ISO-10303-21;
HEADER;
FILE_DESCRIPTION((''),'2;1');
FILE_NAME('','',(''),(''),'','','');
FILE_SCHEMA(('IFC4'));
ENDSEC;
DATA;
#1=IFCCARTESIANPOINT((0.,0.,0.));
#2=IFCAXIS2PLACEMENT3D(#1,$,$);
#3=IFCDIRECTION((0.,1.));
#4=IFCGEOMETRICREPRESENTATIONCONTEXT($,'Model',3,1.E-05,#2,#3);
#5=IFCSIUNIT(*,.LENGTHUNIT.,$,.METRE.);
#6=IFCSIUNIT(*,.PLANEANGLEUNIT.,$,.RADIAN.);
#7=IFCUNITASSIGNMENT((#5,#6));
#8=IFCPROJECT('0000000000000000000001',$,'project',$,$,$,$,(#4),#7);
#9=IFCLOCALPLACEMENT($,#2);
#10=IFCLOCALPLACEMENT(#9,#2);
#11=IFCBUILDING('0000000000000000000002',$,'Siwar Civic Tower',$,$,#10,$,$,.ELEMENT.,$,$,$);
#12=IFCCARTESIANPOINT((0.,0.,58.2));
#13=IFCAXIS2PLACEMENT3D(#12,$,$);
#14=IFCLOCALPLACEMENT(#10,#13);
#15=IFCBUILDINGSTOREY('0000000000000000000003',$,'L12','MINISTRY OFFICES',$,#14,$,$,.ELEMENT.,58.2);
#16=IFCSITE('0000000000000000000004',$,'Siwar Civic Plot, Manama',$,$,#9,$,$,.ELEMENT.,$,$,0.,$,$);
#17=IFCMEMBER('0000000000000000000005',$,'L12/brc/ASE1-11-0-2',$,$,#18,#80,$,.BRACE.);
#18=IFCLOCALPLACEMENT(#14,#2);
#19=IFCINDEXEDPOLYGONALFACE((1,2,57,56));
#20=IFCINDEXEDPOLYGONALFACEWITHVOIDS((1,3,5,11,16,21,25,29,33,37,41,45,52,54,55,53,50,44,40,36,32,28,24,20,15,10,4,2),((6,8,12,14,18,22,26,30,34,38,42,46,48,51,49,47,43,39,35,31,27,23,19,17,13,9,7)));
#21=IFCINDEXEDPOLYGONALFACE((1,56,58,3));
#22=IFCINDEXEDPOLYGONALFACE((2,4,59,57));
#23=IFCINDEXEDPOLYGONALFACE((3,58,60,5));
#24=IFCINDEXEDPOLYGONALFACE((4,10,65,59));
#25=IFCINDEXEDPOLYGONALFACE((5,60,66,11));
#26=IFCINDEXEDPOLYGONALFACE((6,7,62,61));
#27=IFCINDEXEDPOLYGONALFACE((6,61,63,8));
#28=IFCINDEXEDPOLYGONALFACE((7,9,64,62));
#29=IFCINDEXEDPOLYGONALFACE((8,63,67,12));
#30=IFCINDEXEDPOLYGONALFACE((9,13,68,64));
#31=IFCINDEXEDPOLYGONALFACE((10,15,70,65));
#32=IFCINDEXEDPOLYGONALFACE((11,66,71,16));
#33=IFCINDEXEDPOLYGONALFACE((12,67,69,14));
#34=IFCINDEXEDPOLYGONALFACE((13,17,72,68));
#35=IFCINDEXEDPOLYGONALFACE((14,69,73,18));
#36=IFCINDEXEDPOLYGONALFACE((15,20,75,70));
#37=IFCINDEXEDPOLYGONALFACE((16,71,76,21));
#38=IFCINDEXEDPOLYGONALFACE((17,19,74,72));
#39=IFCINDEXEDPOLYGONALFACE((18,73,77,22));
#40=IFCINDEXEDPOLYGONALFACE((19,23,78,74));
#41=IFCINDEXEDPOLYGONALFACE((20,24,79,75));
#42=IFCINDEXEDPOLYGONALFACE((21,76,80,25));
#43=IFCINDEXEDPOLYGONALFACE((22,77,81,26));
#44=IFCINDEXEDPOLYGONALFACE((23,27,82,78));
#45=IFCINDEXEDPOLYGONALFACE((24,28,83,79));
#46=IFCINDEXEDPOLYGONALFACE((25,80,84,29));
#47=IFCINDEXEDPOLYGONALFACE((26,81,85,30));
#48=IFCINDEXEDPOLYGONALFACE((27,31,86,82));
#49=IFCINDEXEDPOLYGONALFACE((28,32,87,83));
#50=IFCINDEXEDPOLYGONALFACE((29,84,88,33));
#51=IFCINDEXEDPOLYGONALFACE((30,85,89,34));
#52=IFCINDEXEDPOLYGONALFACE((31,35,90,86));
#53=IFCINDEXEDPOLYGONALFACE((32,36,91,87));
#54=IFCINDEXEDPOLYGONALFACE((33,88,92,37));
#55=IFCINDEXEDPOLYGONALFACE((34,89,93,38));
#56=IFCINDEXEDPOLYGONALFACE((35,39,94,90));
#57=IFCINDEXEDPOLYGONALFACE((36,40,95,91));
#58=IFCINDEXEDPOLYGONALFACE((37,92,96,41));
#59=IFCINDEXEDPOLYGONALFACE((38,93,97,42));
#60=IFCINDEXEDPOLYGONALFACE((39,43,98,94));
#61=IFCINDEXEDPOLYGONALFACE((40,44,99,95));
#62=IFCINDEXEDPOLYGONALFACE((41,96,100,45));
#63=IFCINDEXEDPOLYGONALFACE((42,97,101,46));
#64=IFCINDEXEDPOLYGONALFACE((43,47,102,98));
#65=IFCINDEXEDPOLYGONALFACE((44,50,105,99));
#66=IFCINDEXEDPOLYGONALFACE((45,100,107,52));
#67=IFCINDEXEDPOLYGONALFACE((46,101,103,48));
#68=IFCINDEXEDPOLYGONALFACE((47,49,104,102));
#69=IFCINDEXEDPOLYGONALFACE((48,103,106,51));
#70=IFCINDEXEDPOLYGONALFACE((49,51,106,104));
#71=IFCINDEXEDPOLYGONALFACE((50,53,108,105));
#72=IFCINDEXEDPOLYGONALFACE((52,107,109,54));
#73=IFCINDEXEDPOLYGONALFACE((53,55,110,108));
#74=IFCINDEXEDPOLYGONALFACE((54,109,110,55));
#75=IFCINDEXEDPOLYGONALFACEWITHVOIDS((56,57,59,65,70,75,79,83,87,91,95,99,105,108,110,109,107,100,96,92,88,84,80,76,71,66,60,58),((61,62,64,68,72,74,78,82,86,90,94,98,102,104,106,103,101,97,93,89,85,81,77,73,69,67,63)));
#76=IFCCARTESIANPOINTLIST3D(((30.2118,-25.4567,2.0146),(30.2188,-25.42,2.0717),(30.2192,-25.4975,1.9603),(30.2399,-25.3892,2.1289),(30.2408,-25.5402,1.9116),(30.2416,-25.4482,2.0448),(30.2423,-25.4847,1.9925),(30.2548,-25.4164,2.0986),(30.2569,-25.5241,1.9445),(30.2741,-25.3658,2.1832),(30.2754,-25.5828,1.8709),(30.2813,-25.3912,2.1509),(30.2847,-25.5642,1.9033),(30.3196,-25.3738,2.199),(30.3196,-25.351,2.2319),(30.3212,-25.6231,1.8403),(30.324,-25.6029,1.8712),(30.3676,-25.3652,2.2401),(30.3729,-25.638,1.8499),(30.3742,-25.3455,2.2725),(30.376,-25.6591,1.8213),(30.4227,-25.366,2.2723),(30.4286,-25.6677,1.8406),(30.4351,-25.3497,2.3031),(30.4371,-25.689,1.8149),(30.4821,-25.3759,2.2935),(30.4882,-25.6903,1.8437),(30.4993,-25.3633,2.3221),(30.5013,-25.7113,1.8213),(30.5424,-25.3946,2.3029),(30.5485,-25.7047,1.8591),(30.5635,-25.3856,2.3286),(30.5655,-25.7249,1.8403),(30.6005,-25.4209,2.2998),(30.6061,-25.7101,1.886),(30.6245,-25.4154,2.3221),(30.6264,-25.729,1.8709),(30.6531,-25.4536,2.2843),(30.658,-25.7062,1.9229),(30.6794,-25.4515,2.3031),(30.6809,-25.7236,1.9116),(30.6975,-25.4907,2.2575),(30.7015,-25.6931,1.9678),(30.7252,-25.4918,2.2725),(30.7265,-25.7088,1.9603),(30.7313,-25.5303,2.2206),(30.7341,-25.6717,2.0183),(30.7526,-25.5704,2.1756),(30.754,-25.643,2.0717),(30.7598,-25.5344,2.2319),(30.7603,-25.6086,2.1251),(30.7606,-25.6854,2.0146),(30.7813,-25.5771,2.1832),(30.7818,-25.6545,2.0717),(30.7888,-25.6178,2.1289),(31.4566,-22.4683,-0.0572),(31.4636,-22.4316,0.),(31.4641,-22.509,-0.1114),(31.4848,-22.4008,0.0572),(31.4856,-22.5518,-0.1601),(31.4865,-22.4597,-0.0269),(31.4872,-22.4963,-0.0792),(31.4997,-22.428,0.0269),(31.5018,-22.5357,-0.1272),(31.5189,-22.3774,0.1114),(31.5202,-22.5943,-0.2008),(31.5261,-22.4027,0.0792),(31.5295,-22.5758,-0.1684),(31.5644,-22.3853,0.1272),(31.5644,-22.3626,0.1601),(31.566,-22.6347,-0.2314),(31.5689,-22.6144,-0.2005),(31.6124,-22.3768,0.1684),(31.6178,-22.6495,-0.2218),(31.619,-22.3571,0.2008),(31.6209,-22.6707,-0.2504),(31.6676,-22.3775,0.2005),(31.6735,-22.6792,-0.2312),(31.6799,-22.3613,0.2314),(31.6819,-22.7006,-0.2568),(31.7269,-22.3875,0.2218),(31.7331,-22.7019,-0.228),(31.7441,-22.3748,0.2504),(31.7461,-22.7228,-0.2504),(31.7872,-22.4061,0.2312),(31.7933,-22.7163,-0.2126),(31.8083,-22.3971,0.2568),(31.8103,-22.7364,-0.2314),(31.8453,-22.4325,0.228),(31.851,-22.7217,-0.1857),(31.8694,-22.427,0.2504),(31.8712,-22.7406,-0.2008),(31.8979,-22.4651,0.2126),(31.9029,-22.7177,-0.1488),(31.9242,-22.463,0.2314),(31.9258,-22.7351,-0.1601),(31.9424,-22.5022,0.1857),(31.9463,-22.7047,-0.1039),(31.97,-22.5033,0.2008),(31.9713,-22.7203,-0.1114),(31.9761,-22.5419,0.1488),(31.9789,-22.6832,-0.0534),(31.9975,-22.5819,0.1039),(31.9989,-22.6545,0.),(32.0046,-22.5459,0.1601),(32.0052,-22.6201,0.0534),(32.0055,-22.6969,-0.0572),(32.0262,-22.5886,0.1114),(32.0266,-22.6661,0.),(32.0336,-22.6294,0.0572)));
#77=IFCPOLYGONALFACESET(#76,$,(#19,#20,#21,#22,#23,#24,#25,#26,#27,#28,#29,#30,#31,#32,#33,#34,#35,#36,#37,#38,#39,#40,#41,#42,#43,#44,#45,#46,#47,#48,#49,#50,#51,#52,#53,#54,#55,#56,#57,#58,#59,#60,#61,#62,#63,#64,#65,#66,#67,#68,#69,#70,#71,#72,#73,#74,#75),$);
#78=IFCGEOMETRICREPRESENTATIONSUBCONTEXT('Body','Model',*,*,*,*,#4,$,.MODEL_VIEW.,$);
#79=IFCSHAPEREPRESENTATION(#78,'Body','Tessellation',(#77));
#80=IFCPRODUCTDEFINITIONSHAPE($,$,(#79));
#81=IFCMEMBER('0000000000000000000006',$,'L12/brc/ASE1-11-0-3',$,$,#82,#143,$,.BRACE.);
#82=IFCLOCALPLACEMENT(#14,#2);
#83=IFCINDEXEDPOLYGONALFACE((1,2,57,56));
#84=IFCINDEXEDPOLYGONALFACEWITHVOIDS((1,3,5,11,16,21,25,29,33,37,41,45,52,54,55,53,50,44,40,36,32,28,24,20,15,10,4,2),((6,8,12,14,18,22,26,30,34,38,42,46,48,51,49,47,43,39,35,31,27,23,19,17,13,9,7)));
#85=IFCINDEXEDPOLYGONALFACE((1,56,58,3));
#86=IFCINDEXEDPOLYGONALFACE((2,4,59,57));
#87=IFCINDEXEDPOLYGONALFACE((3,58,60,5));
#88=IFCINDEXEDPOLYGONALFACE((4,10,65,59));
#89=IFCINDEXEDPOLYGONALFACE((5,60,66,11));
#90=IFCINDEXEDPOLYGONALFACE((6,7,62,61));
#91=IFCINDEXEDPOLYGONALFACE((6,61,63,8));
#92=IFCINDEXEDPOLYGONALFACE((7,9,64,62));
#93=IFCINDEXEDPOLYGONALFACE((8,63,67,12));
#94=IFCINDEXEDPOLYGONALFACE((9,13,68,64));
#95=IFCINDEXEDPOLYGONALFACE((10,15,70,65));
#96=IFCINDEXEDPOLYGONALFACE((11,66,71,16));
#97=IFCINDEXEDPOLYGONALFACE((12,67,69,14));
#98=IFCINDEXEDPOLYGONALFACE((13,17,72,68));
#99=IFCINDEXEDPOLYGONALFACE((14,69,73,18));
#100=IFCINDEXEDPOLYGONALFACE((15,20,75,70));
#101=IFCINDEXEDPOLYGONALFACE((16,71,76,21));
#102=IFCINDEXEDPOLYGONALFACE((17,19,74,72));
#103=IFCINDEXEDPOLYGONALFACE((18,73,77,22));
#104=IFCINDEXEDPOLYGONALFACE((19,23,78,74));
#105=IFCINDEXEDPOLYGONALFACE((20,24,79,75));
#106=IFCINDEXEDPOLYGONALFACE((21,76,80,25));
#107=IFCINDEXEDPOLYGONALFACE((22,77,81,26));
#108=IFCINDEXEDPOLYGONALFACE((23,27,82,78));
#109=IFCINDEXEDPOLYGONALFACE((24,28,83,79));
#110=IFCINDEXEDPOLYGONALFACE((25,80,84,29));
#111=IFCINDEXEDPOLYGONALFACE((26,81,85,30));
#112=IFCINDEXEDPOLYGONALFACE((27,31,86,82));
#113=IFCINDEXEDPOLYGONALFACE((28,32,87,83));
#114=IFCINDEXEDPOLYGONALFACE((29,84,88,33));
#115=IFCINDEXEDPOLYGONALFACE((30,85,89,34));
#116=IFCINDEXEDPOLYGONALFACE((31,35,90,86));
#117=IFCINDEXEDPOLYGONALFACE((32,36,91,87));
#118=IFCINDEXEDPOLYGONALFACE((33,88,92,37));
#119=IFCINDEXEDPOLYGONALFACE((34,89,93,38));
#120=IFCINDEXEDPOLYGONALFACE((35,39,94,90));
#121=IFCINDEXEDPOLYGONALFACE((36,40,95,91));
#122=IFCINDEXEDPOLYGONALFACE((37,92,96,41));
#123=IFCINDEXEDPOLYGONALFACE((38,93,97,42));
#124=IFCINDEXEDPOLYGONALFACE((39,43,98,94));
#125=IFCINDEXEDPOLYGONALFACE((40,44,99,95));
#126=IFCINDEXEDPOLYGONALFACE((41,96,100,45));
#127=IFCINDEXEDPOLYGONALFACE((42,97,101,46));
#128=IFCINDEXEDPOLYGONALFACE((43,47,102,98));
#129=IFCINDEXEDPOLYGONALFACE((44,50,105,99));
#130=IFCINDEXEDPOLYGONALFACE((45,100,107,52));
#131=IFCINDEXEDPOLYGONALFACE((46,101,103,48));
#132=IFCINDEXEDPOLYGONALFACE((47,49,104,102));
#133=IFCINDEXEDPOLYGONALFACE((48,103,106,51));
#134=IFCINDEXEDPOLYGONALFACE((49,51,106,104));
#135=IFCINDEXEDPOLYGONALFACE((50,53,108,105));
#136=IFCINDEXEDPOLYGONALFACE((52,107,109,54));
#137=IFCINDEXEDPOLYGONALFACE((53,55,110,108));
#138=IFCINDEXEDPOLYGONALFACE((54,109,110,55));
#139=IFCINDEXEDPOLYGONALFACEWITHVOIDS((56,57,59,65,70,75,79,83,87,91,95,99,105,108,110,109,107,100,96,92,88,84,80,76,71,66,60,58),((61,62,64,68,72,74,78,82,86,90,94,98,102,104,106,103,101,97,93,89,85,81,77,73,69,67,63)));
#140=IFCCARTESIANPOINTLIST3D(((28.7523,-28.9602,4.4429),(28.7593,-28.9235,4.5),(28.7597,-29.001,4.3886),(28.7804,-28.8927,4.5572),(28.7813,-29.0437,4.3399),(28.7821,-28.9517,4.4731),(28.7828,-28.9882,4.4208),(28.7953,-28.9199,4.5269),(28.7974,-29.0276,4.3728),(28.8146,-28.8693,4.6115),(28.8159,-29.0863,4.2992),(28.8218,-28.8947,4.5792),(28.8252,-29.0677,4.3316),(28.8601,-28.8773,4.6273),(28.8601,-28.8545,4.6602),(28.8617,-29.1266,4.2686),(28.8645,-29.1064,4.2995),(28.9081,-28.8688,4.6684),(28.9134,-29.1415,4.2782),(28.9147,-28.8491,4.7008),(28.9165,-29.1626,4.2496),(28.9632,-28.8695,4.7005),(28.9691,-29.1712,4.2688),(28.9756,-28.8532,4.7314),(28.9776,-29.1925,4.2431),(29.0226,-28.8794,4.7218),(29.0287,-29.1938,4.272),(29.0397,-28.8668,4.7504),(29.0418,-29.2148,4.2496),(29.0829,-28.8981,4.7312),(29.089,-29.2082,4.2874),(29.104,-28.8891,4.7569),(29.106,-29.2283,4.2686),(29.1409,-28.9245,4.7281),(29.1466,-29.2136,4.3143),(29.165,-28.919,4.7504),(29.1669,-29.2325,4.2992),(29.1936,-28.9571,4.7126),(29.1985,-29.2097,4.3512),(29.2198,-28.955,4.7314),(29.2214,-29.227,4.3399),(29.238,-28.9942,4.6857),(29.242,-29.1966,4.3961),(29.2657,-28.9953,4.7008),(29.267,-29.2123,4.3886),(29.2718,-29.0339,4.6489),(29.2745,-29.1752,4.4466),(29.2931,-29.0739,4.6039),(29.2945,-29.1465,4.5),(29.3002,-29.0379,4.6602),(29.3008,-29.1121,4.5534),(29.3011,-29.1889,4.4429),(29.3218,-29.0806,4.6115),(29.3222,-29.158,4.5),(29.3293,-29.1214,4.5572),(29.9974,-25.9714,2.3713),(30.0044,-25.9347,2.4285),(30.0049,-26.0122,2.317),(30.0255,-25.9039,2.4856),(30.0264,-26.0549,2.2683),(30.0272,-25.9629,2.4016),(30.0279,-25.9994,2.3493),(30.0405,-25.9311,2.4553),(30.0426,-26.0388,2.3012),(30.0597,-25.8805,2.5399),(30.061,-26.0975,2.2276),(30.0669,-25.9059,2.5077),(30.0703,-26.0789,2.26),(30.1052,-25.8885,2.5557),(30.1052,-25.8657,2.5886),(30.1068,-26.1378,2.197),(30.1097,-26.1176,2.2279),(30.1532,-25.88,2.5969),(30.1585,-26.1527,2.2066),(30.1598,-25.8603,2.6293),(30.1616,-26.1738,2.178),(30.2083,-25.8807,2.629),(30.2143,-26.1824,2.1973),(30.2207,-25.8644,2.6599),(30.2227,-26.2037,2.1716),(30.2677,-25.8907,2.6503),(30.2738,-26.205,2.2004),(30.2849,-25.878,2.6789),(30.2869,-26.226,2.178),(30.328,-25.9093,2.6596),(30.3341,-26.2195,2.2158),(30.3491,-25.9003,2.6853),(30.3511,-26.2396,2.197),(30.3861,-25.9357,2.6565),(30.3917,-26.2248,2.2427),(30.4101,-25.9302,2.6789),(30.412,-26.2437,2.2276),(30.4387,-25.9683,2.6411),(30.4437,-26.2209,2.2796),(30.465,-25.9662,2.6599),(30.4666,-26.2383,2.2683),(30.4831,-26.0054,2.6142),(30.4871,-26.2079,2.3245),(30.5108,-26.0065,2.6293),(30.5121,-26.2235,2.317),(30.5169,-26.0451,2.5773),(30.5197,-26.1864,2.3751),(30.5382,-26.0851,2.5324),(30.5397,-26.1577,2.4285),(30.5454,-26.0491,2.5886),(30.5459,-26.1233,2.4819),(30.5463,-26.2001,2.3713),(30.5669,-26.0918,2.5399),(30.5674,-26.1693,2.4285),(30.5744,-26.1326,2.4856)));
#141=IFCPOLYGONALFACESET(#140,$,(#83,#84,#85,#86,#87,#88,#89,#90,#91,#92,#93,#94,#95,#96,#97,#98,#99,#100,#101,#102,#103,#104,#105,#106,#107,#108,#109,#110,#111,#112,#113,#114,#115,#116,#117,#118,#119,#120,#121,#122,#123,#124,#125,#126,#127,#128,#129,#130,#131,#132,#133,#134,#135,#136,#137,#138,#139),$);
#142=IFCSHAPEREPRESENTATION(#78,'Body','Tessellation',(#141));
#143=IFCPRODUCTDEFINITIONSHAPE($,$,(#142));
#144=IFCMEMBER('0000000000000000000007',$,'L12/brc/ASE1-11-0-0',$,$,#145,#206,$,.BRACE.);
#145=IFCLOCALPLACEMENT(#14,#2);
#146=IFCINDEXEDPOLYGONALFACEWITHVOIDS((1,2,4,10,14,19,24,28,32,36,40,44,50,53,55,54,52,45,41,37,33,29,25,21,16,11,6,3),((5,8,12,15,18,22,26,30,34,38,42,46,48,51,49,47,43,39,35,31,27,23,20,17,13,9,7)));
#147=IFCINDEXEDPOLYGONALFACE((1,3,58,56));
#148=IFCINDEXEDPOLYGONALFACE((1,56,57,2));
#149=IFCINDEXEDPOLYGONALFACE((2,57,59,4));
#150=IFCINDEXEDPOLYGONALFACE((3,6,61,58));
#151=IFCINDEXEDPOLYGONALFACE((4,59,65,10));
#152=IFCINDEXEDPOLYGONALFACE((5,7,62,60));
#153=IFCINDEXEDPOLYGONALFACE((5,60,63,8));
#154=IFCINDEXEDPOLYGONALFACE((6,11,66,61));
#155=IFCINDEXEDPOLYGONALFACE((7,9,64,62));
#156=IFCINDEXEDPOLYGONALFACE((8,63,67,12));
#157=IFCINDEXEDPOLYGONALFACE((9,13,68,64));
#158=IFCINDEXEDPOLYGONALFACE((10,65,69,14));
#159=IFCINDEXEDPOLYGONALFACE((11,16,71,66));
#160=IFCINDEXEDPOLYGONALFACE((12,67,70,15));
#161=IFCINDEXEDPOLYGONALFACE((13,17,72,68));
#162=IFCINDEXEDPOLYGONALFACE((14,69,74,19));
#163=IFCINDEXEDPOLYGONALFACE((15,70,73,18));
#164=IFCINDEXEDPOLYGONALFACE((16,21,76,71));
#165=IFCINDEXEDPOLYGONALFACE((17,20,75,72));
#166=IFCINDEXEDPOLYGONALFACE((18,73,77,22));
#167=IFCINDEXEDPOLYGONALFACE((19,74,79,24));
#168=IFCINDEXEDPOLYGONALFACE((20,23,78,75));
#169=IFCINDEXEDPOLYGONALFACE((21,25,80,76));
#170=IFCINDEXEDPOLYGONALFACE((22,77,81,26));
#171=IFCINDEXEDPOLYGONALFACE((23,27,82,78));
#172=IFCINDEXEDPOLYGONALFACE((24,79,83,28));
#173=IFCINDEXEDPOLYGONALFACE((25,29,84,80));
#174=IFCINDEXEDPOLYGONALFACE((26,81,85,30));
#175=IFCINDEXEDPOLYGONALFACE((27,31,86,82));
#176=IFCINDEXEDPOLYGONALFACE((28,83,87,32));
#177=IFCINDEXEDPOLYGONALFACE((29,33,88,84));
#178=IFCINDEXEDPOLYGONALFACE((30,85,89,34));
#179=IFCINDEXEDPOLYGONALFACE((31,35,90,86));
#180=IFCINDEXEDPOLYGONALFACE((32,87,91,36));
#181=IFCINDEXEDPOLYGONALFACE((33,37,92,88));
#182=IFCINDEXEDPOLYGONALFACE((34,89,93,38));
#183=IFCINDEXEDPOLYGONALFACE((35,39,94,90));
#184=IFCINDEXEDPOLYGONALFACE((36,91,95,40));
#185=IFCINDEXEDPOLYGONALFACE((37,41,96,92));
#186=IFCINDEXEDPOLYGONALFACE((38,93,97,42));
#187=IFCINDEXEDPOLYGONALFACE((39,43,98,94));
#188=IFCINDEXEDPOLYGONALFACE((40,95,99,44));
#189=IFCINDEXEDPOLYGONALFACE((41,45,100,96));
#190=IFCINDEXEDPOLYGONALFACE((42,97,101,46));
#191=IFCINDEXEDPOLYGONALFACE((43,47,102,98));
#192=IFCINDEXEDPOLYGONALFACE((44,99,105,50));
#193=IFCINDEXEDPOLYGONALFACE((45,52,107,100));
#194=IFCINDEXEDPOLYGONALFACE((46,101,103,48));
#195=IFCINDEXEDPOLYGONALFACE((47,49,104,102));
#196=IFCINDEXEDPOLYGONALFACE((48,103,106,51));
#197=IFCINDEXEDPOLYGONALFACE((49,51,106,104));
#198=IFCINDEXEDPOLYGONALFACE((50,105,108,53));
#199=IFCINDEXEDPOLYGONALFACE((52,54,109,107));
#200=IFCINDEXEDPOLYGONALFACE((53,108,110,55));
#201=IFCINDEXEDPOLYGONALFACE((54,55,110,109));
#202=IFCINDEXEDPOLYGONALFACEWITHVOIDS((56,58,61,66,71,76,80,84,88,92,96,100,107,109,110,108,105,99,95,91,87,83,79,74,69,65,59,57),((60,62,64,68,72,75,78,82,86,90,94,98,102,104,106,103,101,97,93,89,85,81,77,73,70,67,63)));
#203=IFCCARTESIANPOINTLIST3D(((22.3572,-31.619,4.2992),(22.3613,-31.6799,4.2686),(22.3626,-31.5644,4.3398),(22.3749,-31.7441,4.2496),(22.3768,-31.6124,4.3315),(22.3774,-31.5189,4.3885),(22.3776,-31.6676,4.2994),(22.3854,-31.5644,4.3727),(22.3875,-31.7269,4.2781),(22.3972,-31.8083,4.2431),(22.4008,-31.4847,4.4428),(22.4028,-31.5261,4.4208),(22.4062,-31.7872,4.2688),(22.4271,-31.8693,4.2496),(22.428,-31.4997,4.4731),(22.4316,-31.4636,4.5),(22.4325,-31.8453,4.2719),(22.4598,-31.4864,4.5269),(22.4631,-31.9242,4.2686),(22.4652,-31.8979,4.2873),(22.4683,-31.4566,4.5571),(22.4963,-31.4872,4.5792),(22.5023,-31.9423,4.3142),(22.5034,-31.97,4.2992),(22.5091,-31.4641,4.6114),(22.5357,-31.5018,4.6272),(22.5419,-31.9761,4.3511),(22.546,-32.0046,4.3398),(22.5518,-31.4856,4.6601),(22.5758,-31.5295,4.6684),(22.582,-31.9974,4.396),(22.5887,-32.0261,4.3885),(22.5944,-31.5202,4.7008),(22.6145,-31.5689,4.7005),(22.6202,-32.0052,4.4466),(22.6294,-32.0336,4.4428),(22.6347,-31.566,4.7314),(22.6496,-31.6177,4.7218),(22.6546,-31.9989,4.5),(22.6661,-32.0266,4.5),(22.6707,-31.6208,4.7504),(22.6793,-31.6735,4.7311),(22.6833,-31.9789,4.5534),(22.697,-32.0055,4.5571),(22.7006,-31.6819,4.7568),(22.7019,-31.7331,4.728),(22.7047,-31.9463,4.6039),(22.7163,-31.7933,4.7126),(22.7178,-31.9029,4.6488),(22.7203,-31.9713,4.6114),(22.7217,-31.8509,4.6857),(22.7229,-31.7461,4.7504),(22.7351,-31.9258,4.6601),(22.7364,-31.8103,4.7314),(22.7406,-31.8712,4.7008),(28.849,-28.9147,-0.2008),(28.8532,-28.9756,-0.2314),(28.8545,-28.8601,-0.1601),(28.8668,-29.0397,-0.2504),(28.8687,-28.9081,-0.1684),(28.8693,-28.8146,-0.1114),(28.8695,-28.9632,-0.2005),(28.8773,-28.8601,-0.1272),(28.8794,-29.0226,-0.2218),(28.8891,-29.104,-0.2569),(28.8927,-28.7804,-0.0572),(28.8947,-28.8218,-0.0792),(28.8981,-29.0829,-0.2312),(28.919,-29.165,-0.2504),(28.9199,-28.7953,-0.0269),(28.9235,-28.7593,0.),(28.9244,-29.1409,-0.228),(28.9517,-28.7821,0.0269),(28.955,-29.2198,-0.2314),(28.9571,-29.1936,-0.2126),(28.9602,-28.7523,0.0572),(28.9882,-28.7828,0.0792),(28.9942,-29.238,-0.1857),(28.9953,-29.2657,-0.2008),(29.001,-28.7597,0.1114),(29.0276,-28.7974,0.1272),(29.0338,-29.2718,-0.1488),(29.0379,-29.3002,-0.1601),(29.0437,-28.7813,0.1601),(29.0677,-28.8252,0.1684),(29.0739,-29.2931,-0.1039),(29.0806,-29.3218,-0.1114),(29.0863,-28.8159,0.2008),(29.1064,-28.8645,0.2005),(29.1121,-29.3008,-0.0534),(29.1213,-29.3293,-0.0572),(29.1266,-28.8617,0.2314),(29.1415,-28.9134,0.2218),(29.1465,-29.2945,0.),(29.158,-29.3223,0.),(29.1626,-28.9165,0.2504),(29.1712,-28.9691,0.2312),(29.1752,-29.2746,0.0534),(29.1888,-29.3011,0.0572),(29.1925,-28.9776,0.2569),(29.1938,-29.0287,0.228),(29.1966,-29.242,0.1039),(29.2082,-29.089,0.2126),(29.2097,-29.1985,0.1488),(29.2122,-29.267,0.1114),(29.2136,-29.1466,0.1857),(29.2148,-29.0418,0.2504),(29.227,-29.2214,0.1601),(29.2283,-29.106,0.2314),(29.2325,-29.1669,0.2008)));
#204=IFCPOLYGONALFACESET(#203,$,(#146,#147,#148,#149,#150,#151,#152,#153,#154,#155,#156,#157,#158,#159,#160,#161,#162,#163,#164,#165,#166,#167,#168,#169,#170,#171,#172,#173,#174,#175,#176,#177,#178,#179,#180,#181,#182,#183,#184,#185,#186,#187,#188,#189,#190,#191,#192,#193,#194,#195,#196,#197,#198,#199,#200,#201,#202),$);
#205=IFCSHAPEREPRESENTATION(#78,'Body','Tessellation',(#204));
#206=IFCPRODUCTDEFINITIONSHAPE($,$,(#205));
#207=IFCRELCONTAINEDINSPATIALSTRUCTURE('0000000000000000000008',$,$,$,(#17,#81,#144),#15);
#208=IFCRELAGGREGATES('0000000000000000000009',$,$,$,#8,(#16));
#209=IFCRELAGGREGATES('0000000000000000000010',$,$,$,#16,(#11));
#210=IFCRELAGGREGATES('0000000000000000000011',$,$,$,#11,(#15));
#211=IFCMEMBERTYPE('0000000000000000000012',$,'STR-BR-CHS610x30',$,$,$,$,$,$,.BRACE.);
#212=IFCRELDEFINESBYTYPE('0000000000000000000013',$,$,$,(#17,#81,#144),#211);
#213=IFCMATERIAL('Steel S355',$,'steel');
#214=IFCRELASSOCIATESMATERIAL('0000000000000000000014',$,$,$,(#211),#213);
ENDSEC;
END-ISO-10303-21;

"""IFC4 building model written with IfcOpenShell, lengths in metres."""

from ifc_helpers import new_model, si_unit, direction, frame, origin, origin_2d, place, context, subcontext, project, spatial, hollow_circle, extrude, material, material_profile, profile_set, type_object, element, save


model = new_model("IFC4")

# Units and contexts
model_context = context("Model", 3, precision=1e-05, world=origin(), true_north=direction((0.0, 1.0)))
body_context = subcontext(model_context, "Body", "Model", "MODEL_VIEW")
ifc_project = project(units=[si_unit("LENGTHUNIT", "METRE"), si_unit("PLANEANGLEUNIT", "RADIAN")], contexts=[model_context])

# Site, building, storey
site_placement = place(None, origin())
site = spatial("IfcSite", under=ifc_project, at=site_placement, Name="Siwar Civic Plot, Manama", CompositionType="ELEMENT", RefElevation=0.0)
building_placement = place(site_placement, origin())
building = spatial("IfcBuilding", under=site, at=building_placement, Name="Siwar Civic Tower", CompositionType="ELEMENT")
storey_placement = place(building_placement, frame((0.0, 0.0, 58.2)))
storey = spatial("IfcBuildingStorey", under=building, at=storey_placement, Name="L12", Description="MINISTRY OFFICES", CompositionType="ELEMENT", Elevation=58.2)

# Members
ifc_material_1 = material(Name="Steel S355", Category="steel")
ifc_material_profile_1 = material_profile(ifc_material_1, hollow_circle(Radius=0.3049, WallThickness=0.03, at=origin_2d()), Name="CHS610x30")
ifc_profile_set_1 = profile_set([ifc_material_profile_1], Name="Steel S355")
member_type_1 = type_object("IfcMemberType", Name="STR-BR-CHS610x30", PredefinedType="BRACE", material=ifc_profile_set_1)
member_1_placement = place(storey_placement, frame((31.7451, -22.5488, 0.0), z_axis=(-0.323882, -0.777533, 0.53902), x_axis=(0.923115, -0.384524, 0.0)))
element("IfcMember", 1, at=member_1_placement, inside=storey, type_object=member_type_1, Name="L12/brc/ASE1-11-0-2", PredefinedType="BRACE", context=body_context, shape_type="SweptSolid", body=[
    extrude(hollow_circle(Radius=0.3049, WallThickness=0.03, at=origin_2d()), origin(), (0.0, 0.0, 1.0), 3.8435),
])
member_2_placement = place(storey_placement, frame((30.2859, -26.052, 2.4285), z_axis=(-0.323934, -0.777569, 0.538937), x_axis=(0.923099, -0.384562, 0.0)))
element("IfcMember", 2, at=member_2_placement, inside=storey, type_object=member_type_1, Name="L12/brc/ASE1-11-0-3", PredefinedType="BRACE", context=body_context, shape_type="SweptSolid", body=[
    extrude(hollow_circle(Radius=0.3049, WallThickness=0.03, at=origin_2d()), origin(), (0.0, 0.0, 1.0), 3.8438),
])
member_3_placement = place(storey_placement, frame((29.0408, -29.0408, 0.0), z_axis=(-0.777555, -0.323906, 0.538975), x_axis=(0.384539, -0.923109, 0.0)))
element("IfcMember", 3, at=member_3_placement, inside=storey, type_object=member_type_1, Name="L12/brc/ASE1-11-0-0", PredefinedType="BRACE", context=body_context, shape_type="SweptSolid", body=[
    extrude(hollow_circle(Radius=0.3049, WallThickness=0.03, at=origin_2d()), origin(), (0.0, 0.0, 1.0), 8.3491),
])

save(model, "model.ifc")
